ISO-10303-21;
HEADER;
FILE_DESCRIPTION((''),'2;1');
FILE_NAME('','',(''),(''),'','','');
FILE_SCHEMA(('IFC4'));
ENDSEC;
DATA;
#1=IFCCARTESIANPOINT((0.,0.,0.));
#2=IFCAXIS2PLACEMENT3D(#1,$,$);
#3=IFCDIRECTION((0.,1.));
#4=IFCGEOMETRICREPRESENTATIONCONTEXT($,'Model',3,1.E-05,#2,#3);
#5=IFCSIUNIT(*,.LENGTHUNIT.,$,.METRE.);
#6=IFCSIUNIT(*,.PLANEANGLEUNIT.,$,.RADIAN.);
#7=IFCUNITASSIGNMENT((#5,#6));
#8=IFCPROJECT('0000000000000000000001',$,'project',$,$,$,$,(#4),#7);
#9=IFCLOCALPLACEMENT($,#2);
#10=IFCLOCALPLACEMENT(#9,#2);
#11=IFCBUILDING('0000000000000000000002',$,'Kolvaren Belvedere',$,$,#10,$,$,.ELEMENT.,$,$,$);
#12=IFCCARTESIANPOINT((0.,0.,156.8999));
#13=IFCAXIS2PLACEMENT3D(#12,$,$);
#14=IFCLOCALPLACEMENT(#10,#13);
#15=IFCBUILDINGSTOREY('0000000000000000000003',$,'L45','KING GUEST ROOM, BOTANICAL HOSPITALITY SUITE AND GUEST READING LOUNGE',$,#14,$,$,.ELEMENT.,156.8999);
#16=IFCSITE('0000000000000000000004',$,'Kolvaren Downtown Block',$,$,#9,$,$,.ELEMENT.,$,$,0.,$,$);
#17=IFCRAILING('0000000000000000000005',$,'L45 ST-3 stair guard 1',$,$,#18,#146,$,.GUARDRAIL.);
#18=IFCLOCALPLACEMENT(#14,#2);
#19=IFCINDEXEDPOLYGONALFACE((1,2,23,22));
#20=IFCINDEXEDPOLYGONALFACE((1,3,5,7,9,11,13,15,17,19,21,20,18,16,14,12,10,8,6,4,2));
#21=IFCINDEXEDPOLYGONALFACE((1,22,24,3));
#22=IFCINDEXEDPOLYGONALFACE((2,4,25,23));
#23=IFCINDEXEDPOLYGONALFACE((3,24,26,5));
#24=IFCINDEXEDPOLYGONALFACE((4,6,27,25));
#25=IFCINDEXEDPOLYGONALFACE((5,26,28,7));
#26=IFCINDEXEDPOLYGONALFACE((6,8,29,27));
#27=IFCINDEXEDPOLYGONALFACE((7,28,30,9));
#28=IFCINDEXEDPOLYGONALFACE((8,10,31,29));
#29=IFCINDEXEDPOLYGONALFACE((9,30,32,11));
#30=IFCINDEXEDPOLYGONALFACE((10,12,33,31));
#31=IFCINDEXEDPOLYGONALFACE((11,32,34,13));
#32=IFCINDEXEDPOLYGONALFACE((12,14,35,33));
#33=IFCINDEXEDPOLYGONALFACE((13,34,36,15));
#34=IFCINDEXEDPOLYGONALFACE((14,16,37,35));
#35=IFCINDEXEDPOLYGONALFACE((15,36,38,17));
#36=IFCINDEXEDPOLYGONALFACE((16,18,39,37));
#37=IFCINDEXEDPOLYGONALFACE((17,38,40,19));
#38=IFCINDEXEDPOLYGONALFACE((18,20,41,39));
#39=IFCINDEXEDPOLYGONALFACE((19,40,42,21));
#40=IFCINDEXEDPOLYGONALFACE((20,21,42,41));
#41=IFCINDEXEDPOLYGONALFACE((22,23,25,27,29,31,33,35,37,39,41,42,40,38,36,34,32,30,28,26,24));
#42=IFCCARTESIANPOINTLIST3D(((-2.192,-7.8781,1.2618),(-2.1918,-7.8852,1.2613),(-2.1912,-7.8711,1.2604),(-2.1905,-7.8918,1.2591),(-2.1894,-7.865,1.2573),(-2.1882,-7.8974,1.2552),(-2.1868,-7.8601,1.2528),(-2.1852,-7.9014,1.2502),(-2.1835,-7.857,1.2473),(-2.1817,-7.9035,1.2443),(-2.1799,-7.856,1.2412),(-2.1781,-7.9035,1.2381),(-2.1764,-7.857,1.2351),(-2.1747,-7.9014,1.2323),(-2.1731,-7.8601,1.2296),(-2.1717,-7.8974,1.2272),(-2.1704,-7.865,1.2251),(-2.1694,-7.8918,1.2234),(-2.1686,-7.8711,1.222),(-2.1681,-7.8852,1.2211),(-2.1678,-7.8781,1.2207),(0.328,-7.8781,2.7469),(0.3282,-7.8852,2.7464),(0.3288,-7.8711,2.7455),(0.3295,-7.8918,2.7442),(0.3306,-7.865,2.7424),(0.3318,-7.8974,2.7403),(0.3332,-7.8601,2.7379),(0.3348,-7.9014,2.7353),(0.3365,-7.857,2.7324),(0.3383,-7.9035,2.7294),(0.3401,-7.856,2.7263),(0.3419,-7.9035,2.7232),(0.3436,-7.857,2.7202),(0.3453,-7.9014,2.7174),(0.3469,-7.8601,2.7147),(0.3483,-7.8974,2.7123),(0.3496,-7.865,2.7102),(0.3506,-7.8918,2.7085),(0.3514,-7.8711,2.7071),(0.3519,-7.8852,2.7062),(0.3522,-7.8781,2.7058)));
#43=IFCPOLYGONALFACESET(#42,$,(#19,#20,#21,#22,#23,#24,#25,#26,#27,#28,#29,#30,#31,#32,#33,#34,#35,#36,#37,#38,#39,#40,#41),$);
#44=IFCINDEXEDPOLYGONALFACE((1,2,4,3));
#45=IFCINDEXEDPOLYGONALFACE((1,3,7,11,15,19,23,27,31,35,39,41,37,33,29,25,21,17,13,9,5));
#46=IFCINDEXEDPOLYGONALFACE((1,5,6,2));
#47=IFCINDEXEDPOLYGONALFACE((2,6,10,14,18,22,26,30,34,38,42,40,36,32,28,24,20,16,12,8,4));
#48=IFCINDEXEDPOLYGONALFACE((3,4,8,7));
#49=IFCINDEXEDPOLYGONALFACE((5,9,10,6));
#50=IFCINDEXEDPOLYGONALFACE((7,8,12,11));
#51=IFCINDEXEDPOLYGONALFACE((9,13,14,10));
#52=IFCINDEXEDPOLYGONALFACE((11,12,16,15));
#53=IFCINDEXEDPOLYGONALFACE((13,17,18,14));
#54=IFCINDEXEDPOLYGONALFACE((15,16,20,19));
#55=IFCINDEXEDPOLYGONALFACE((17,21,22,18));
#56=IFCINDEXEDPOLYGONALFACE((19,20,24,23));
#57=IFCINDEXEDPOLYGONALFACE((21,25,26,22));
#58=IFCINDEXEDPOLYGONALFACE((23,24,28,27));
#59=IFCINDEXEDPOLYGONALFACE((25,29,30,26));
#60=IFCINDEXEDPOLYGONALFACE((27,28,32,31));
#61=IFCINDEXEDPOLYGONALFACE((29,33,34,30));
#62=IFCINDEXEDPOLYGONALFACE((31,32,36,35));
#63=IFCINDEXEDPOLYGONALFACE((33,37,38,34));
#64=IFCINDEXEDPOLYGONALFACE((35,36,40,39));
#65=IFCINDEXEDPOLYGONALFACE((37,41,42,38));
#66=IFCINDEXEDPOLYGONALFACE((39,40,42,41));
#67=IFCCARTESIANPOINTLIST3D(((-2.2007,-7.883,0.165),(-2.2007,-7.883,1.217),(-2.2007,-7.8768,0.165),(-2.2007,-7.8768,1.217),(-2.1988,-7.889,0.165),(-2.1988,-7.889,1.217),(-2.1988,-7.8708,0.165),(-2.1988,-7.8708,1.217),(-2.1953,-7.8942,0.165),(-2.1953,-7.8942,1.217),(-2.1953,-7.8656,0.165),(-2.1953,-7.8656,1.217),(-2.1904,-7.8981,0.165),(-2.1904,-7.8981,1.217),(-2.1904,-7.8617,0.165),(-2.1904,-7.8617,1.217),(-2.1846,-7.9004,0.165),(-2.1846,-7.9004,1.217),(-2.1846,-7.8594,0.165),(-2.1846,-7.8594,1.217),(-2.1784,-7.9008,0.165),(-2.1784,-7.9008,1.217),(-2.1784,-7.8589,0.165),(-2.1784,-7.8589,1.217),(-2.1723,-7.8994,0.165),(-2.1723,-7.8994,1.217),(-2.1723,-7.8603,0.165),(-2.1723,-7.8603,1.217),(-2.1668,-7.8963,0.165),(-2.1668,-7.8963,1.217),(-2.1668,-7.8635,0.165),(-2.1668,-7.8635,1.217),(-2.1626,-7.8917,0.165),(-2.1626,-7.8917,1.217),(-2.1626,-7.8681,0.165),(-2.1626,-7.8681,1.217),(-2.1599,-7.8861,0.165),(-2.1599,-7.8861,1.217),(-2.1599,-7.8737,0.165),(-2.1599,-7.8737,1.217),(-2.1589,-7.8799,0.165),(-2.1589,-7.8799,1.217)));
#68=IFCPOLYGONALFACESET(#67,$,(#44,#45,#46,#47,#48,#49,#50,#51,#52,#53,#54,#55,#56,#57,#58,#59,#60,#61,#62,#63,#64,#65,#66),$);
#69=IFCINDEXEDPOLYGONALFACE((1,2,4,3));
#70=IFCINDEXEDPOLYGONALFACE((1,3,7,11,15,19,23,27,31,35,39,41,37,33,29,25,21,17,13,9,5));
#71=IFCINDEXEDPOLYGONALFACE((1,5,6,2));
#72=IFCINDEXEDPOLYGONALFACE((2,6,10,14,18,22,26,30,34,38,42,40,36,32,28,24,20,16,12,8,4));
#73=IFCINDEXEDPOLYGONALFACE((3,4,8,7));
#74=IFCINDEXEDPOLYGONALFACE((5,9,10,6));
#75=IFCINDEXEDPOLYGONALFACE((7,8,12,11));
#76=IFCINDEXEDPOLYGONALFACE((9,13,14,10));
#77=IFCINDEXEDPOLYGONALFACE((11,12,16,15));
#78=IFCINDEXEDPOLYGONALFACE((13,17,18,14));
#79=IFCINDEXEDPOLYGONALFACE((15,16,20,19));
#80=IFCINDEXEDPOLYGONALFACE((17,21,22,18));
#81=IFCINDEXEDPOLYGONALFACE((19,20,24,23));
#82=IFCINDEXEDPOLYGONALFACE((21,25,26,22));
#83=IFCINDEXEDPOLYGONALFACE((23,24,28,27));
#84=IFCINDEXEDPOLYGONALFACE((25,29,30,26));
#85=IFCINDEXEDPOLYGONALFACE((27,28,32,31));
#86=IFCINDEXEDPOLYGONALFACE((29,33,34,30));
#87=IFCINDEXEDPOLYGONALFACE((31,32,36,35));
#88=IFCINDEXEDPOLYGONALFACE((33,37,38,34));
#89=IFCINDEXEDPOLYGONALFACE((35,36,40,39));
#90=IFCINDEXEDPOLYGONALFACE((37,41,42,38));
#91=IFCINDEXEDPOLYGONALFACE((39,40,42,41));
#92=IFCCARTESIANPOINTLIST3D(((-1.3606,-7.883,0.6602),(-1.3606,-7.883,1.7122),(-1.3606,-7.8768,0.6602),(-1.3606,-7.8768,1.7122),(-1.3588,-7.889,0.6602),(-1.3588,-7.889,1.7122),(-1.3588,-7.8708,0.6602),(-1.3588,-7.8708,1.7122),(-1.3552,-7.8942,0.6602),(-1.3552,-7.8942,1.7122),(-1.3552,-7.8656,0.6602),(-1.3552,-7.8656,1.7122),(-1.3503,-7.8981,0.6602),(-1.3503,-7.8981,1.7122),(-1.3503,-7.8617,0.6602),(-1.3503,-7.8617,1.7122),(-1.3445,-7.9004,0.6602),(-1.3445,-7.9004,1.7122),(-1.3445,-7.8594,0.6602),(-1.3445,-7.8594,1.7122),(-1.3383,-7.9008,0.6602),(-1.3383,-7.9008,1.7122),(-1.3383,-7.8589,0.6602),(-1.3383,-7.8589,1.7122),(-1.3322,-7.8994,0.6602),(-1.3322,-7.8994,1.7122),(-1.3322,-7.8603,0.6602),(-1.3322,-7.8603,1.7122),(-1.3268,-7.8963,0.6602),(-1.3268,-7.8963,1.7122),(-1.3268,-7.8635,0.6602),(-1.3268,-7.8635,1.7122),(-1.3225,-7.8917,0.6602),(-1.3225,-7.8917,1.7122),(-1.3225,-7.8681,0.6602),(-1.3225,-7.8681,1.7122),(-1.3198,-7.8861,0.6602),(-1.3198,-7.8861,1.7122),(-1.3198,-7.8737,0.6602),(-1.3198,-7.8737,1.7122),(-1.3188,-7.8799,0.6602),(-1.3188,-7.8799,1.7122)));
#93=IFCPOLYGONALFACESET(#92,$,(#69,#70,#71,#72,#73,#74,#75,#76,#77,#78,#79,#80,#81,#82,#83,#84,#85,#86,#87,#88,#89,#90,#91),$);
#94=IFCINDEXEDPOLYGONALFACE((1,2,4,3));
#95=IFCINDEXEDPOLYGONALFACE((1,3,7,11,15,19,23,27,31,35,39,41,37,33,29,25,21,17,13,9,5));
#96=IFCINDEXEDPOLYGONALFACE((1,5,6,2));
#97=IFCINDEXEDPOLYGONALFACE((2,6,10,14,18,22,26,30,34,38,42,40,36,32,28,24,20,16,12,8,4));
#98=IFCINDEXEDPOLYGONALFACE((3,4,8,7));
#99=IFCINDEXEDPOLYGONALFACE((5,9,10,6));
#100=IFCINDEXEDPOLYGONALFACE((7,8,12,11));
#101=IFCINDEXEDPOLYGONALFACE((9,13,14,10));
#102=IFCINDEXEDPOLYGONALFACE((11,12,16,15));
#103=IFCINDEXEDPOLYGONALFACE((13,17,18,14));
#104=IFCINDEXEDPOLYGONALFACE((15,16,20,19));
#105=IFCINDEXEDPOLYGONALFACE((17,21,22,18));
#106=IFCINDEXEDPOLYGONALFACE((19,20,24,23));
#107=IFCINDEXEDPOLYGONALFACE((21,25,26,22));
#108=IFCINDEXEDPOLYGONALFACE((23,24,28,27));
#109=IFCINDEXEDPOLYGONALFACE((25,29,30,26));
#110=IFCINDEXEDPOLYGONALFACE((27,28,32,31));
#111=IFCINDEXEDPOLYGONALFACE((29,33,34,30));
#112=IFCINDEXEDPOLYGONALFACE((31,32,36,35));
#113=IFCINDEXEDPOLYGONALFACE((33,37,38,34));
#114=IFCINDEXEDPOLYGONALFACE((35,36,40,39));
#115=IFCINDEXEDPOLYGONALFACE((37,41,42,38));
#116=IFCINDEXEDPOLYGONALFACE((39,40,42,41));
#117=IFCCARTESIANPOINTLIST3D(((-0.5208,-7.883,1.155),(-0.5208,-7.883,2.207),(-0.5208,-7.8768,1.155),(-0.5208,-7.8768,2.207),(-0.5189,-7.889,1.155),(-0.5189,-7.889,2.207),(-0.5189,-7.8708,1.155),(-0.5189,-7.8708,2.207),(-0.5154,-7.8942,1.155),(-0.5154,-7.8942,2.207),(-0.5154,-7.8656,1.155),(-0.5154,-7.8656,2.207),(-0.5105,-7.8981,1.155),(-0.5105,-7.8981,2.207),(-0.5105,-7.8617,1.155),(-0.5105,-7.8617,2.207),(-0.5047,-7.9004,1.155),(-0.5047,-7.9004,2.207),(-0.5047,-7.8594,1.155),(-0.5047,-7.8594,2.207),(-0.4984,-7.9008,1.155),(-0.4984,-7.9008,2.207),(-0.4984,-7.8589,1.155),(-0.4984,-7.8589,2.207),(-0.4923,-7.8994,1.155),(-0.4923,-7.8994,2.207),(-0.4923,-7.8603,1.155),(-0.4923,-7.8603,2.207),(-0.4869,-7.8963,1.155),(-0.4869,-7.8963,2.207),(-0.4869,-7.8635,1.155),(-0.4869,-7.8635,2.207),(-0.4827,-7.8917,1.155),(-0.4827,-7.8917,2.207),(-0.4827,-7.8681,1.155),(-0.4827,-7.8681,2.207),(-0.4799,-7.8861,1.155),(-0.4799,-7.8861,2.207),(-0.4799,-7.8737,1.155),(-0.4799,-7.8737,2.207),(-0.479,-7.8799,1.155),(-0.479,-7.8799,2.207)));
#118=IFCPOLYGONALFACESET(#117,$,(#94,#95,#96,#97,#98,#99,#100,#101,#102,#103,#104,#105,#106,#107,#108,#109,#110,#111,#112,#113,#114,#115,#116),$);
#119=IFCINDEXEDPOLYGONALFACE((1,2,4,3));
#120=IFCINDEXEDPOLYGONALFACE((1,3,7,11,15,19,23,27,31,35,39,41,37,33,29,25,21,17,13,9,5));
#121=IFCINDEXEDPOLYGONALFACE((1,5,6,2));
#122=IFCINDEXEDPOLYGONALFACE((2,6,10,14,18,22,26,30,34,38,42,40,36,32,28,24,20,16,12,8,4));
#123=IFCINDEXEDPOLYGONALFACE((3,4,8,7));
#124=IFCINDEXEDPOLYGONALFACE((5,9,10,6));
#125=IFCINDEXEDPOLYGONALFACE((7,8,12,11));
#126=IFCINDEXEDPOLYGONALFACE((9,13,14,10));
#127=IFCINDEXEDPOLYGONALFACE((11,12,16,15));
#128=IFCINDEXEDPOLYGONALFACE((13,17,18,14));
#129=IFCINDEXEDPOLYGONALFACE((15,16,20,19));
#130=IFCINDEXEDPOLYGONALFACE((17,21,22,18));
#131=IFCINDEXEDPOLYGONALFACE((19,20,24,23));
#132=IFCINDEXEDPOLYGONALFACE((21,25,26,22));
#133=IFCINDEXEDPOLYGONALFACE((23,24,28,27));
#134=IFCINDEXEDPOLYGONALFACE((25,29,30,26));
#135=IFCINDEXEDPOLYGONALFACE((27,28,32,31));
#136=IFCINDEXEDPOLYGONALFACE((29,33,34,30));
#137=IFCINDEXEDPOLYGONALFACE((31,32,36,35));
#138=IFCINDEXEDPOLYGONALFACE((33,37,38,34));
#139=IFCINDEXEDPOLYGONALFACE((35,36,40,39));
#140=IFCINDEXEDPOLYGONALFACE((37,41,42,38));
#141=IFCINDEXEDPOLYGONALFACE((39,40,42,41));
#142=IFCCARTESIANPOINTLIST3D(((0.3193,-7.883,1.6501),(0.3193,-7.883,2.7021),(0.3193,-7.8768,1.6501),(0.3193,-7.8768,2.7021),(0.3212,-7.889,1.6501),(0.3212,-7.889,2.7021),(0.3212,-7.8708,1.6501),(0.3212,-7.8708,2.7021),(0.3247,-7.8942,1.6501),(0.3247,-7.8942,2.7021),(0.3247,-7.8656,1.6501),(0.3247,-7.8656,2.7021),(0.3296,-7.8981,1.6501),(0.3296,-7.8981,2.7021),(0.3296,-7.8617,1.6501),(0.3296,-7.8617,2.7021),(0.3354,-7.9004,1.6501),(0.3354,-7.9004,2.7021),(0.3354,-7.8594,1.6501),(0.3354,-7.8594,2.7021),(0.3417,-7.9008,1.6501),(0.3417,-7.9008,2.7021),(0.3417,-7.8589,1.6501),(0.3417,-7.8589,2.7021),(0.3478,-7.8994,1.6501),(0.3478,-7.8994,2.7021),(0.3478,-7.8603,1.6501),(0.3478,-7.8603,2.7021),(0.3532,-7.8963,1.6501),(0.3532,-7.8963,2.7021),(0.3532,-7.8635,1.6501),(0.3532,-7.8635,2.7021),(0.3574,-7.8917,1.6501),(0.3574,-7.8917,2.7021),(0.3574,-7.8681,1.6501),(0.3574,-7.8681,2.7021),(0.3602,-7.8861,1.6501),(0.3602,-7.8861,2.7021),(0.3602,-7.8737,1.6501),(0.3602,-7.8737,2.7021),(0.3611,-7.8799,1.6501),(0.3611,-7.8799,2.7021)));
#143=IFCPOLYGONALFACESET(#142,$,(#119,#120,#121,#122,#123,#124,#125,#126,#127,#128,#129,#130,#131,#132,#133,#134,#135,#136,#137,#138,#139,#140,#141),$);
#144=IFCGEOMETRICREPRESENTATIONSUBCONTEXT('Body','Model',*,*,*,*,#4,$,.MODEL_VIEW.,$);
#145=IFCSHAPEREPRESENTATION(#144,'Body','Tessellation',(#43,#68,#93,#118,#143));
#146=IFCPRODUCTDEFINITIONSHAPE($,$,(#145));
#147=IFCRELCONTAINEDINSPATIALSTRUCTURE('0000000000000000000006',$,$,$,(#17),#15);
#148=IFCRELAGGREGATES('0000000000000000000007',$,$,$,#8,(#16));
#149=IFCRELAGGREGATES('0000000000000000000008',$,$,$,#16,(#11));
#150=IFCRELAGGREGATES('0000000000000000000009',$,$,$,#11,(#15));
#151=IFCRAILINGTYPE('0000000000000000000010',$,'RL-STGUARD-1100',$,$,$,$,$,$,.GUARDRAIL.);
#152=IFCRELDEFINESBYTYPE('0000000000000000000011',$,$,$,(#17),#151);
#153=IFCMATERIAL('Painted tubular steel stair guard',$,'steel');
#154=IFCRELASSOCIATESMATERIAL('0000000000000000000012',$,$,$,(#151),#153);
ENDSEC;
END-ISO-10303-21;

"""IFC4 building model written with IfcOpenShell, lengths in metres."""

from ifc_helpers import new_model, si_unit, direction, frame, origin, origin_2d, place, context, subcontext, project, spatial, circle, extrude, material, type_object, element, save


model = new_model("IFC4")

# Units and contexts
model_context = context("Model", 3, precision=1e-05, world=origin(), true_north=direction((0.0, 1.0)))
body_context = subcontext(model_context, "Body", "Model", "MODEL_VIEW")
ifc_project = project(units=[si_unit("LENGTHUNIT", "METRE"), si_unit("PLANEANGLEUNIT", "RADIAN")], contexts=[model_context])

# Site, building, storey
site_placement = place(None, origin())
site = spatial("IfcSite", under=ifc_project, at=site_placement, Name="Kolvaren Downtown Block", CompositionType="ELEMENT", RefElevation=0.0)
building_placement = place(site_placement, origin())
building = spatial("IfcBuilding", under=site, at=building_placement, Name="Kolvaren Belvedere", CompositionType="ELEMENT")
storey_placement = place(building_placement, frame((0.0, 0.0, 156.8999)))
storey = spatial("IfcBuildingStorey", under=building, at=storey_placement, Name="L45", Description="KING GUEST ROOM, BOTANICAL HOSPITALITY SUITE AND GUEST READING LOUNGE", CompositionType="ELEMENT", Elevation=156.8999)

# Railing
ifc_material_1 = material(Name="Painted tubular steel stair guard", Category="steel")
railing_type_1 = type_object("IfcRailingType", Name="RL-STGUARD-1100", PredefinedType="GUARDRAIL", material=ifc_material_1)
railing_1_placement = place(storey_placement, frame((-2.1799, -7.8799, 0.165)))
element("IfcRailing", 1, at=railing_1_placement, inside=storey, type_object=railing_type_1, Name="L45 ST-3 stair guard 1", PredefinedType="GUARDRAIL", context=body_context, shape_type="SweptSolid", body=[
    extrude(circle(Radius=0.0239, at=origin_2d()), frame((0.0, 0.0, 1.0762), z_axis=(0.861524, 0.0, 0.507717), x_axis=(0.0, 1.0, 0.0)), (0.0, 0.0, 1.0), 2.925),
    extrude(circle(Radius=0.021, at=origin_2d()), origin(), (0.0, 0.0, 1.0), 1.052),
    extrude(circle(Radius=0.021, at=origin_2d()), frame((0.8401, 0.0, 0.4951)), (0.0, 0.0, 1.0), 1.052),
    extrude(circle(Radius=0.021, at=origin_2d()), frame((1.6799, 0.0, 0.99)), (0.0, 0.0, 1.0), 1.052),
    extrude(circle(Radius=0.021, at=origin_2d()), frame((2.52, 0.0, 1.4851)), (0.0, 0.0, 1.0), 1.052),
])

save(model, "model.ifc")
